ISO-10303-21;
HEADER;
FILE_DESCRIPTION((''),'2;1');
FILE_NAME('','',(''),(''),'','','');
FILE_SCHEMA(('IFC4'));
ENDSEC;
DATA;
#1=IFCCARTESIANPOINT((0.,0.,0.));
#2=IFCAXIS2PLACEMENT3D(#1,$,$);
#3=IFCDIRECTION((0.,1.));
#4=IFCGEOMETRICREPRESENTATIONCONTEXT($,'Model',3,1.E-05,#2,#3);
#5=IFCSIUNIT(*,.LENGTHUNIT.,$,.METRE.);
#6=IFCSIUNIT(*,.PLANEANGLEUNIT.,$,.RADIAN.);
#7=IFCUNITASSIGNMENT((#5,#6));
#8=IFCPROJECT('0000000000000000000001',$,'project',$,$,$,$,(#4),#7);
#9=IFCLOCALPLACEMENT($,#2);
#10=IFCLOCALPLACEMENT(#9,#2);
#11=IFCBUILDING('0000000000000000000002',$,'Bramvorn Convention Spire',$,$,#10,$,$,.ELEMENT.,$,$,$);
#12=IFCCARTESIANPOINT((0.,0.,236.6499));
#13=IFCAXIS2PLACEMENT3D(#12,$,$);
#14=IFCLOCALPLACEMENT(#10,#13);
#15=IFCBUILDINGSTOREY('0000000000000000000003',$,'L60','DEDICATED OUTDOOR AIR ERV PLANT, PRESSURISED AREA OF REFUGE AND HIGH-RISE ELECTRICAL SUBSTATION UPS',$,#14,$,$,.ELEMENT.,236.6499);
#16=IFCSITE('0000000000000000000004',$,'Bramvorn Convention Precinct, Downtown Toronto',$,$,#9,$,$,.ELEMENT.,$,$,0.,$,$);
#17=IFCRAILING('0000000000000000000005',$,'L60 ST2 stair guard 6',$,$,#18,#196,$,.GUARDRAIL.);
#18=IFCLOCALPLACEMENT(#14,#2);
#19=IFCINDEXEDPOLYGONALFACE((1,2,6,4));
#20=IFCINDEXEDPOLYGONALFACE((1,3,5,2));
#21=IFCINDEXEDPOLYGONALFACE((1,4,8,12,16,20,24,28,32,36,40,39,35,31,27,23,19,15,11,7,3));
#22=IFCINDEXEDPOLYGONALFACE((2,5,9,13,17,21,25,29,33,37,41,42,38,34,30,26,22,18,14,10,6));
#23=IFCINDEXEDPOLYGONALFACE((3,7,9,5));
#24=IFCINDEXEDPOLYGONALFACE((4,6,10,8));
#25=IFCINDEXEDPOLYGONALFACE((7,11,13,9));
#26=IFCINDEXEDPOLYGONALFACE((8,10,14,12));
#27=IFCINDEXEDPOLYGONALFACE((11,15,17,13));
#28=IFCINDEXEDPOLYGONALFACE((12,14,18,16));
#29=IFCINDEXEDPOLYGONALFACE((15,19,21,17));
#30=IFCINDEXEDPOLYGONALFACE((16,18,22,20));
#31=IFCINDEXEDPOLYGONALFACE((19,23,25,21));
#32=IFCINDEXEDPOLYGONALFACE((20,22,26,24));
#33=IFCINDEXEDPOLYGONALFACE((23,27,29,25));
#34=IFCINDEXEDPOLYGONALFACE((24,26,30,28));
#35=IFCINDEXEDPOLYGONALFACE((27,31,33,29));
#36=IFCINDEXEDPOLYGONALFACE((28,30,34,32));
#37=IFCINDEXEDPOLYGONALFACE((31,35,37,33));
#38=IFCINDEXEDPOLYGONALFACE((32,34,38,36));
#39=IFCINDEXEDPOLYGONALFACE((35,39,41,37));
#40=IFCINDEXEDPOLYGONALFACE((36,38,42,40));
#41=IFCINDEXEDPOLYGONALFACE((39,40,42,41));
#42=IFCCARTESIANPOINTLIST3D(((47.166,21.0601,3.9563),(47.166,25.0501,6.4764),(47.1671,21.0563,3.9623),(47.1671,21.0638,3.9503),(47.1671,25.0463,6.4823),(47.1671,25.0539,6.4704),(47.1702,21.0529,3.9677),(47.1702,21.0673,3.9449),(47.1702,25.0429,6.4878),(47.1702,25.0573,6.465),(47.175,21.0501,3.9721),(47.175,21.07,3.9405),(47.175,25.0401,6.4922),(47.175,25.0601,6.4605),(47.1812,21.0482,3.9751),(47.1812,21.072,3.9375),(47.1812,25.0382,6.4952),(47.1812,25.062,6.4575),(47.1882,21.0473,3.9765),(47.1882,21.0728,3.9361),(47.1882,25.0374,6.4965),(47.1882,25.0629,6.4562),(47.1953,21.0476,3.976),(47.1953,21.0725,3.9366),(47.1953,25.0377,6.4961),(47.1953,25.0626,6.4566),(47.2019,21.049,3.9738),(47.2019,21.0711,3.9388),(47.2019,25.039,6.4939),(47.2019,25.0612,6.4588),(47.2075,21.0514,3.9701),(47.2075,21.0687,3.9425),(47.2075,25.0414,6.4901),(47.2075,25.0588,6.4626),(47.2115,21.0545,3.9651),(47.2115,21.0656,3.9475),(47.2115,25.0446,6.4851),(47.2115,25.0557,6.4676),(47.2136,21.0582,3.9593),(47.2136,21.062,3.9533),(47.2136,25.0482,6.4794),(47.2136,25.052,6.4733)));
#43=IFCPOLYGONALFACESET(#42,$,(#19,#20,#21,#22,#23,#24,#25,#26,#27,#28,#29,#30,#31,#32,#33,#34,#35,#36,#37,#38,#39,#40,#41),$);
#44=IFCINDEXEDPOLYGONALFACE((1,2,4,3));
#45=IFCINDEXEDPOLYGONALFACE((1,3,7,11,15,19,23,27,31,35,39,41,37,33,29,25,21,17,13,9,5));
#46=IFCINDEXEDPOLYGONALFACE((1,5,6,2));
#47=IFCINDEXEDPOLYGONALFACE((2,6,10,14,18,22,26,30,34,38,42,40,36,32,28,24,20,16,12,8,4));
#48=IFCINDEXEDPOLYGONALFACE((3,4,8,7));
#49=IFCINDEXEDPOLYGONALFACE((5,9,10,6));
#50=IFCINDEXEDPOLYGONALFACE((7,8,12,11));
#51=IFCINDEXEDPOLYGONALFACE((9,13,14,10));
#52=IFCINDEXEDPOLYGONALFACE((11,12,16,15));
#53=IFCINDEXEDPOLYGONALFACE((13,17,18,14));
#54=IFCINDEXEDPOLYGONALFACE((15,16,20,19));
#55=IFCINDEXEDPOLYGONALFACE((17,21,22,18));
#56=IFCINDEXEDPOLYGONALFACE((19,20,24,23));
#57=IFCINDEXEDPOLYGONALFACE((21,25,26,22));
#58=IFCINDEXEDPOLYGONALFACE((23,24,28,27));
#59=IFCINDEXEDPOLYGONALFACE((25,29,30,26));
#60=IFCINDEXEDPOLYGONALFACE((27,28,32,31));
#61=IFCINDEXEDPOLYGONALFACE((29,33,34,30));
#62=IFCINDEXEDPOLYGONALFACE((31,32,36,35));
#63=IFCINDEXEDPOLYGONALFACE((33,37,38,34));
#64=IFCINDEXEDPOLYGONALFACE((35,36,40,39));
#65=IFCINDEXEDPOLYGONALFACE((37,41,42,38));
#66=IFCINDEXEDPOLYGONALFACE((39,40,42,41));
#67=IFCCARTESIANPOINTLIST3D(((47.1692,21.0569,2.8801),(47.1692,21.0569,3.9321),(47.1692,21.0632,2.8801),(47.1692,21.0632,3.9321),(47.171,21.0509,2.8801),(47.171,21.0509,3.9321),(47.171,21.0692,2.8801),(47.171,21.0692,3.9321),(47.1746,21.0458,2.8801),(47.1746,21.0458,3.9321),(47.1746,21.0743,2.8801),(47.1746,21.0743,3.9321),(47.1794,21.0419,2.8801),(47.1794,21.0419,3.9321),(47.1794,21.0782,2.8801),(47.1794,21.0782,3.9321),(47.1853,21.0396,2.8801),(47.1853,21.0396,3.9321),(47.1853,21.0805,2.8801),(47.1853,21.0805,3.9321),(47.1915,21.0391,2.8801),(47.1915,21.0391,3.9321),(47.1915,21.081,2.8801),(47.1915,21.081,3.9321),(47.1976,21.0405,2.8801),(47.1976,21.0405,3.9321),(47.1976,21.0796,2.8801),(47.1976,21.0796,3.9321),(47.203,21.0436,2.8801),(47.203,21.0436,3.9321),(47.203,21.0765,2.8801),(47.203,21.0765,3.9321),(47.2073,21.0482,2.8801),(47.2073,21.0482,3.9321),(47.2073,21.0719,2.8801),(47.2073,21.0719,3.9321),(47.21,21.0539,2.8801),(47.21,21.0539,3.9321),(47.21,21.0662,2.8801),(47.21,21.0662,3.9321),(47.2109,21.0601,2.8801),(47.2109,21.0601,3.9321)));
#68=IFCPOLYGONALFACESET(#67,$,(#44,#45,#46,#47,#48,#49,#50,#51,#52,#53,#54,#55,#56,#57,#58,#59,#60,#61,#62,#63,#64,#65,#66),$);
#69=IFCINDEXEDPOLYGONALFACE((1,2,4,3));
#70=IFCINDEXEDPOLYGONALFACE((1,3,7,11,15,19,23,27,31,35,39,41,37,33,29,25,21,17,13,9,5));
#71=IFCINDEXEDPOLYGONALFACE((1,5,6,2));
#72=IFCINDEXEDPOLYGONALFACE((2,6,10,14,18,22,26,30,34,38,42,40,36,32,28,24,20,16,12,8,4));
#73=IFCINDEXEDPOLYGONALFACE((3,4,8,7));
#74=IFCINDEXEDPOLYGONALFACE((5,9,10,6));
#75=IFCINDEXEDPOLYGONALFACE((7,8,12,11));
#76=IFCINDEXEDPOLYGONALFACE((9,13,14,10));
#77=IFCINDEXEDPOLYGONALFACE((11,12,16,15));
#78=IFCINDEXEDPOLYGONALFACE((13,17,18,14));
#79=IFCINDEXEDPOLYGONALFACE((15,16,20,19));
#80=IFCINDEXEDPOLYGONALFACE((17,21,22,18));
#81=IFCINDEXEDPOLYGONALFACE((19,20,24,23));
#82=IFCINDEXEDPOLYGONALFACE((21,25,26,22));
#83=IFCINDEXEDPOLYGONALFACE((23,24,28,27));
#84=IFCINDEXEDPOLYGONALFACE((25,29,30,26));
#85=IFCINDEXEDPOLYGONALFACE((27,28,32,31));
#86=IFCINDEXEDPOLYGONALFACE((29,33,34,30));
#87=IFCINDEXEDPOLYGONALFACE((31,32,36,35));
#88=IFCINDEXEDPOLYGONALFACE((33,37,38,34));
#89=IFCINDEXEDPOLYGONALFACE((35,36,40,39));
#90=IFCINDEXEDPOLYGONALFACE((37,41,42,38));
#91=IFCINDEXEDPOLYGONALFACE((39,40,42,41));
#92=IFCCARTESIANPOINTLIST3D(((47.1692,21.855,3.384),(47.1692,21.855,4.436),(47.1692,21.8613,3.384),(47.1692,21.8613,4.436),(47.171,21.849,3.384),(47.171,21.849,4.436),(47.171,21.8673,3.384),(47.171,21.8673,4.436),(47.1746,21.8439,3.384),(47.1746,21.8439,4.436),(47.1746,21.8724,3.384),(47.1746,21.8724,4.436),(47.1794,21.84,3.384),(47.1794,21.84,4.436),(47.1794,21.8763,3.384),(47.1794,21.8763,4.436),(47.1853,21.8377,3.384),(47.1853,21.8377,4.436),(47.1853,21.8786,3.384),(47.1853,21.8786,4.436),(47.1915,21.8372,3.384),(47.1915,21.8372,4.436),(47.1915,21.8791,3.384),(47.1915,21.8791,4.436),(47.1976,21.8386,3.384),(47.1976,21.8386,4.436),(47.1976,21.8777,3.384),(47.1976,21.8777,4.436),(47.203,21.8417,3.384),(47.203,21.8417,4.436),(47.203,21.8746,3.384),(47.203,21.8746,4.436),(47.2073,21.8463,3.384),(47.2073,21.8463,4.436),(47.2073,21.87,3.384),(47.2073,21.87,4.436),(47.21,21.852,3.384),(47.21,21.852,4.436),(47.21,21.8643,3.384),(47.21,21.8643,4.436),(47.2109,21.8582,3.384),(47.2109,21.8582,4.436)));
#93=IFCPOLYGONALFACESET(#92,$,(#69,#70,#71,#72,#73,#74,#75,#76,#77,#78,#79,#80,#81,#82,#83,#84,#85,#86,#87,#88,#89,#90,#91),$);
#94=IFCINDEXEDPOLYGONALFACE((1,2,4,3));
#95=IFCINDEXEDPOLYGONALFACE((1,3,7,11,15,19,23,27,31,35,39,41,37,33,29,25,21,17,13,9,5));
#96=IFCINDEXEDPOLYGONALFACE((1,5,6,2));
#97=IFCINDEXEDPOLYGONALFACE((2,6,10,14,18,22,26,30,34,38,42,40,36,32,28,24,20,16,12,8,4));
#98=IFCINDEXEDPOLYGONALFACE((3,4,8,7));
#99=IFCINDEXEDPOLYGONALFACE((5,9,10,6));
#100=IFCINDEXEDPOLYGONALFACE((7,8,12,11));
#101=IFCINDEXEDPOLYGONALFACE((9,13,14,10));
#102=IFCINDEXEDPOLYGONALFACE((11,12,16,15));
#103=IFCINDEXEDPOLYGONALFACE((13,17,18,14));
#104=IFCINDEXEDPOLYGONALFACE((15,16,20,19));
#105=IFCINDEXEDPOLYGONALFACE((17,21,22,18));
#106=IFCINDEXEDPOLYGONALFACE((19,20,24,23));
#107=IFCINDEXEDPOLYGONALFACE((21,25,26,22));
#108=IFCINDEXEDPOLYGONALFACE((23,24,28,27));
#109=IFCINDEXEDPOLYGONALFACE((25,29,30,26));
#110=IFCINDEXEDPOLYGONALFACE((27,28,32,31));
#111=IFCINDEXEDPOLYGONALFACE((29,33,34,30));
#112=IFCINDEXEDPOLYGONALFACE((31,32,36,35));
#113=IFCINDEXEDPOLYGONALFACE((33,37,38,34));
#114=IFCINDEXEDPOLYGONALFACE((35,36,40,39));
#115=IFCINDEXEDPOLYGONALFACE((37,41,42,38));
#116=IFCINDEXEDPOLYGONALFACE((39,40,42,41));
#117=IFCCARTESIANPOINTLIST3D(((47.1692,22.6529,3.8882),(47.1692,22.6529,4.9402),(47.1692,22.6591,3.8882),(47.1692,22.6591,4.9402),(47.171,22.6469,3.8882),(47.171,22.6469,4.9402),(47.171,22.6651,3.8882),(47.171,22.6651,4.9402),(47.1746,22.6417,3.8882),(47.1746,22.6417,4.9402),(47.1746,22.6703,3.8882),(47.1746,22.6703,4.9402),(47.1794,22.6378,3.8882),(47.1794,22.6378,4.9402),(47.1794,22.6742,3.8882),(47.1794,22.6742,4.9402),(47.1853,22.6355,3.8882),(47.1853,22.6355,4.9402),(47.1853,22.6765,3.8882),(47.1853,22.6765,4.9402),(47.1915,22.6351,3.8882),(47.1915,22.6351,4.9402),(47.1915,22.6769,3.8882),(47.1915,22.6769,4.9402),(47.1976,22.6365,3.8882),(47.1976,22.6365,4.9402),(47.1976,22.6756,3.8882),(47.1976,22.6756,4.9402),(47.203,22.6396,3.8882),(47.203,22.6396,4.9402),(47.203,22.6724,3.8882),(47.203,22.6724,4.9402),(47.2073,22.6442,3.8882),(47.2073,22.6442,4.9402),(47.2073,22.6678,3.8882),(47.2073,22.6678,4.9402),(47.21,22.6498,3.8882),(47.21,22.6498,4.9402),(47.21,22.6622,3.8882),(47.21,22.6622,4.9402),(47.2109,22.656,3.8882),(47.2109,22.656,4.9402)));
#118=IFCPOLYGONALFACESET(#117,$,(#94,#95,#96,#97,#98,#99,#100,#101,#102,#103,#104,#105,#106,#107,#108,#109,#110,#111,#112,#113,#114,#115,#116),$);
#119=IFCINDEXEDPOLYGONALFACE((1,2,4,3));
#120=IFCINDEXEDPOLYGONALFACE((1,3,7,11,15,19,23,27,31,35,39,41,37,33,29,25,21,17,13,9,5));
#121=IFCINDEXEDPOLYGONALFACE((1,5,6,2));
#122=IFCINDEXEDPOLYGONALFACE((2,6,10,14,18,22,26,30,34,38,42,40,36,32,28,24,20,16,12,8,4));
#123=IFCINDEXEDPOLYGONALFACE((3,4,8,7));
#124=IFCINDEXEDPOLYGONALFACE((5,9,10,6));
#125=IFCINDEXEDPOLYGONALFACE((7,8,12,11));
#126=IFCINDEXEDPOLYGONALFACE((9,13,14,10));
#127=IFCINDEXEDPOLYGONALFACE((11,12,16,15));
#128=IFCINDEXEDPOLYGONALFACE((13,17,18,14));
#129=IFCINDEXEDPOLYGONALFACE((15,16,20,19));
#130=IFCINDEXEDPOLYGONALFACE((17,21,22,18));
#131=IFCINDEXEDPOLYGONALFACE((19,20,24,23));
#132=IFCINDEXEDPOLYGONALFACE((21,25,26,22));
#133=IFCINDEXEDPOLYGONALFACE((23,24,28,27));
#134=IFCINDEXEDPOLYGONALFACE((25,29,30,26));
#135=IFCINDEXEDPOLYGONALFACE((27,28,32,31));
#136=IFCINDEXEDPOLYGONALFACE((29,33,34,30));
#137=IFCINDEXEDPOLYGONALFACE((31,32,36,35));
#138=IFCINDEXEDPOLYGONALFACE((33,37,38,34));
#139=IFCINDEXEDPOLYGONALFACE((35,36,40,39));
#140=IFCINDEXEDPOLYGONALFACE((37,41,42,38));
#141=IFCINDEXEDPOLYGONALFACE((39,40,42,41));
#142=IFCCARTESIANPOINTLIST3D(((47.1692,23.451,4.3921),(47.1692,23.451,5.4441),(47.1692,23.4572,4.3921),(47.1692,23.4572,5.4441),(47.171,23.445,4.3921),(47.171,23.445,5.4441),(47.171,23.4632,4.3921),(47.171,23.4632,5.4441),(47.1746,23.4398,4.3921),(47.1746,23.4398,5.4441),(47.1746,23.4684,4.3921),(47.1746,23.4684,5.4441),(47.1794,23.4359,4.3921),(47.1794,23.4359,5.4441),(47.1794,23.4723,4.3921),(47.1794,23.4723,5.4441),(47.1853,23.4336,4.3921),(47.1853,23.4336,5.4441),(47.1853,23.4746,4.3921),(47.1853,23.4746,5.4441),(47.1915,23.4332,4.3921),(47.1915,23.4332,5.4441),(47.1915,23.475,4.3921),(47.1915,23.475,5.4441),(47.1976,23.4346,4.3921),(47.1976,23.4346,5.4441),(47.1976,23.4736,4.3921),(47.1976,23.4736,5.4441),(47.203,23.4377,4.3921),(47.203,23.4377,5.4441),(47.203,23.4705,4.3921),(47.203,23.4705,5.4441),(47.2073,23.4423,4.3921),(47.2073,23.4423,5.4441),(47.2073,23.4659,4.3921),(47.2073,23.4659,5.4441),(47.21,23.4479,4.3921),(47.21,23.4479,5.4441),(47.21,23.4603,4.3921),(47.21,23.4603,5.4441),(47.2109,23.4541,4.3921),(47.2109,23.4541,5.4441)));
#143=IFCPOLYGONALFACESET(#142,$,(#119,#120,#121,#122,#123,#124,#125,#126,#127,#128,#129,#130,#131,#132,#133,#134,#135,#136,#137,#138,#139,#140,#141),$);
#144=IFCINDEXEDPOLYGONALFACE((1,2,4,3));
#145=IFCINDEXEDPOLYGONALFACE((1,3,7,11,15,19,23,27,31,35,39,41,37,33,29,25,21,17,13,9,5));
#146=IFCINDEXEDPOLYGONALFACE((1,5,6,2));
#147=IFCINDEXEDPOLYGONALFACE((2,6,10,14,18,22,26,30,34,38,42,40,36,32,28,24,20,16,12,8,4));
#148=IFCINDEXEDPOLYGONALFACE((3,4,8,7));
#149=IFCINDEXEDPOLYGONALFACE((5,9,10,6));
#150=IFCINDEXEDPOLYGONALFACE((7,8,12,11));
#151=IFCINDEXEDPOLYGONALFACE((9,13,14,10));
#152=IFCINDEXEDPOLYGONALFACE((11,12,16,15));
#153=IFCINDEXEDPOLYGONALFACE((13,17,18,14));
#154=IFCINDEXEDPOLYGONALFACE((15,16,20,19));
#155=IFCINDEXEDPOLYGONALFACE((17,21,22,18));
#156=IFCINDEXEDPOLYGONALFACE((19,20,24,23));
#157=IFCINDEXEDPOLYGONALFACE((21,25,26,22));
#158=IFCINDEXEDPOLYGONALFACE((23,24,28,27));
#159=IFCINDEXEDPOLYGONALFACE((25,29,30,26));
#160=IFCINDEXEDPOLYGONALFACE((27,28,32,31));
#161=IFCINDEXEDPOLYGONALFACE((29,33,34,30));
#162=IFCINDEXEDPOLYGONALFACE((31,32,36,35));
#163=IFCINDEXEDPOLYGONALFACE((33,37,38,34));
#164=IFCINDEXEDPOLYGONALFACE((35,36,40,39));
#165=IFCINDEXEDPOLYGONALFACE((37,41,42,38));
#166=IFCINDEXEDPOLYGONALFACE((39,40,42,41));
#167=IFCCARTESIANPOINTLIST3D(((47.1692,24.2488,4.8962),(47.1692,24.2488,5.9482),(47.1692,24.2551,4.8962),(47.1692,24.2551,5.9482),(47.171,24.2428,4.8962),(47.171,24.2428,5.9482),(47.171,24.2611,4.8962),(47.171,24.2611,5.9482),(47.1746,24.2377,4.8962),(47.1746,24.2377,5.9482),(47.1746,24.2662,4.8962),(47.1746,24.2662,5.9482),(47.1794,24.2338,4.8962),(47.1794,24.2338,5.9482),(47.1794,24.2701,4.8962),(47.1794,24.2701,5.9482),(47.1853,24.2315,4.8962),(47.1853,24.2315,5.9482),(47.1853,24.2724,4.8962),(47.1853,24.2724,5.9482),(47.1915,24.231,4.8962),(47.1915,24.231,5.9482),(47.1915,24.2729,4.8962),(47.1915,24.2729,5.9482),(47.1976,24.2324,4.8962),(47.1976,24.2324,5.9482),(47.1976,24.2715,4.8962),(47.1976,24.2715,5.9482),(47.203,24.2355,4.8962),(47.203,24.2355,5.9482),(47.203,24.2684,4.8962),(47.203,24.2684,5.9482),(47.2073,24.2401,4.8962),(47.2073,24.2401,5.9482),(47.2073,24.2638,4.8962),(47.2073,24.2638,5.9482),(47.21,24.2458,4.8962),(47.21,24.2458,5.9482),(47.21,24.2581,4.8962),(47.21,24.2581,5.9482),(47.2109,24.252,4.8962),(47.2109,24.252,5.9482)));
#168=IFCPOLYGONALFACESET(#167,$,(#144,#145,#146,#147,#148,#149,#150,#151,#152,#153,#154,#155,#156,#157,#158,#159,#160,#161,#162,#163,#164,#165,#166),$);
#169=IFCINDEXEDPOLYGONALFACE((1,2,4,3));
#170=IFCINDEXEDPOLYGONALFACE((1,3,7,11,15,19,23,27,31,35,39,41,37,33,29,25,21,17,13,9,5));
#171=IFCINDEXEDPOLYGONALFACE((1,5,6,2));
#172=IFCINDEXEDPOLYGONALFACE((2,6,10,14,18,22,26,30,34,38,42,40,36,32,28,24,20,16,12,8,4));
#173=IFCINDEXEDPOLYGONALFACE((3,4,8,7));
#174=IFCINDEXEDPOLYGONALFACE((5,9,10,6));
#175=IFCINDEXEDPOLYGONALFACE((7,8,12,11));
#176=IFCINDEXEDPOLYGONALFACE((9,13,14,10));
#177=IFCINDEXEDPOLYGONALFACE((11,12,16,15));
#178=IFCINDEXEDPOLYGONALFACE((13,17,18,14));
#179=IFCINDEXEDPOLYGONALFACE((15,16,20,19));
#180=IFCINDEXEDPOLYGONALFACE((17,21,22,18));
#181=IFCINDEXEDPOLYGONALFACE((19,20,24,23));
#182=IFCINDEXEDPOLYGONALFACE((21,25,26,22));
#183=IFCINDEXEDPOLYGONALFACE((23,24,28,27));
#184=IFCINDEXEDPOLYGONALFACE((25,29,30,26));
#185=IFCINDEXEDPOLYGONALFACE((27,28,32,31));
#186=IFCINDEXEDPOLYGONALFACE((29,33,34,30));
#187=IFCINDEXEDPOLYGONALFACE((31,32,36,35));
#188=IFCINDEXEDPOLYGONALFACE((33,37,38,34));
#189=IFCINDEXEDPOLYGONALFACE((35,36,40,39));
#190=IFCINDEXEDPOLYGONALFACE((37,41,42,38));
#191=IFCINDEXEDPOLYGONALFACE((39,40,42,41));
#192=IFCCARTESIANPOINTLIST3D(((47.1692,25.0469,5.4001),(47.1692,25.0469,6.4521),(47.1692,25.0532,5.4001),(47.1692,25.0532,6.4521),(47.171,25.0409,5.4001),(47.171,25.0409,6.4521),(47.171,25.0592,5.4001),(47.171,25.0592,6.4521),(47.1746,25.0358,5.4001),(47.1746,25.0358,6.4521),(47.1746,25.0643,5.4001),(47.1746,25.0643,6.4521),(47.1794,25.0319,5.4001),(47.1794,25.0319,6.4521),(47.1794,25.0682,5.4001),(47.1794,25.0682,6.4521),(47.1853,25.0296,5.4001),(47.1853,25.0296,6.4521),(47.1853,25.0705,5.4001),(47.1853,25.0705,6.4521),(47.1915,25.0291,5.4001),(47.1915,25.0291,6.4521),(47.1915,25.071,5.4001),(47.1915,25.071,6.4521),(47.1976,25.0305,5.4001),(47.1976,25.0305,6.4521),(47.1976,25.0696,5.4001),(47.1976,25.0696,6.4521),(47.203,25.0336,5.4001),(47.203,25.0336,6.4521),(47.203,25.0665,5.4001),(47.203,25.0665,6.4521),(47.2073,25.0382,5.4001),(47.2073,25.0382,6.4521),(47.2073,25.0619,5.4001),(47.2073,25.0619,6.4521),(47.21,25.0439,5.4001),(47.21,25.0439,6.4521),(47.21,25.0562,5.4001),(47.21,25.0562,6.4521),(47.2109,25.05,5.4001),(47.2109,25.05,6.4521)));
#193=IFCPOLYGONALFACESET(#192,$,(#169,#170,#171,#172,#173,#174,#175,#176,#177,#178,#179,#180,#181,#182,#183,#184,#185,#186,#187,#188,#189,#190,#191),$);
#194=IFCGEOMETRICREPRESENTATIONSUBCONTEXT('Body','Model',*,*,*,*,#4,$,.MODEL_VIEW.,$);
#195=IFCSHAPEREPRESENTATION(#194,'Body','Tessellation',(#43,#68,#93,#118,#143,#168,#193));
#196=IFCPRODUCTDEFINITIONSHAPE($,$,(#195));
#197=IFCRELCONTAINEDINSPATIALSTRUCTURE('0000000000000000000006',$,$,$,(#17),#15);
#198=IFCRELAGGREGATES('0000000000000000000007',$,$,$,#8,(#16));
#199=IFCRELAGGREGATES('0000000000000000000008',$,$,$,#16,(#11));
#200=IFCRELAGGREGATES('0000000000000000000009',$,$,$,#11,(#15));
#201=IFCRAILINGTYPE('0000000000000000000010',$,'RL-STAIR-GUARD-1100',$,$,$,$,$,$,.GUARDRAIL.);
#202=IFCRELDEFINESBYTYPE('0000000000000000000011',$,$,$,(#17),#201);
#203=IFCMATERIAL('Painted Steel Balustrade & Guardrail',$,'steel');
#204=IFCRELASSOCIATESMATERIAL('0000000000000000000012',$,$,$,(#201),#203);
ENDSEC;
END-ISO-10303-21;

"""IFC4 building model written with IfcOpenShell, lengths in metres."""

from ifc_helpers import new_model, si_unit, direction, frame, origin, origin_2d, place, context, subcontext, project, spatial, circle, extrude, material, type_object, element, save


model = new_model("IFC4")

# Units and contexts
model_context = context("Model", 3, precision=1e-05, world=origin(), true_north=direction((0.0, 1.0)))
body_context = subcontext(model_context, "Body", "Model", "MODEL_VIEW")
ifc_project = project(units=[si_unit("LENGTHUNIT", "METRE"), si_unit("PLANEANGLEUNIT", "RADIAN")], contexts=[model_context])

# Site, building, storey
site_placement = place(None, origin())
site = spatial("IfcSite", under=ifc_project, at=site_placement, Name="Bramvorn Convention Precinct, Downtown Toronto", CompositionType="ELEMENT", RefElevation=0.0)
building_placement = place(site_placement, origin())
building = spatial("IfcBuilding", under=site, at=building_placement, Name="Bramvorn Convention Spire", CompositionType="ELEMENT")
storey_placement = place(building_placement, frame((0.0, 0.0, 236.6499)))
storey = spatial("IfcBuildingStorey", under=building, at=storey_placement, Name="L60", Description="DEDICATED OUTDOOR AIR ERV PLANT, PRESSURISED AREA OF REFUGE AND HIGH-RISE ELECTRICAL SUBSTATION UPS", CompositionType="ELEMENT", Elevation=236.6499)

# Railing
ifc_material_1 = material(Name="Painted Steel Balustrade & Guardrail", Category="steel")
railing_type_1 = type_object("IfcRailingType", Name="RL-STAIR-GUARD-1100", PredefinedType="GUARDRAIL", material=ifc_material_1)
railing_1_placement = place(storey_placement, frame((47.1899, 21.0601, 2.8801)))
element("IfcRailing", 1, at=railing_1_placement, inside=storey, type_object=railing_type_1, Name="L60 ST2 stair guard 6", PredefinedType="GUARDRAIL", context=body_context, shape_type="SweptSolid", body=[
    extrude(circle(Radius=0.0239, at=origin_2d()), frame((0.0, 0.0, 1.0762), z_axis=(0.0, 0.845486, 0.533997), x_axis=(-1.0, 0.0, 0.0)), (0.0, 0.0, 1.0), 4.7192),
    extrude(circle(Radius=0.021, at=origin_2d()), origin(), (0.0, 0.0, 1.0), 1.052),
    extrude(circle(Radius=0.021, at=origin_2d()), frame((0.0, 0.7981, 0.5039)), (0.0, 0.0, 1.0), 1.052),
    extrude(circle(Radius=0.021, at=origin_2d()), frame((0.0, 1.5959, 1.0081)), (0.0, 0.0, 1.0), 1.052),
    extrude(circle(Radius=0.021, at=origin_2d()), frame((0.0, 2.394, 1.512)), (0.0, 0.0, 1.0), 1.052),
    extrude(circle(Radius=0.021, at=origin_2d()), frame((0.0, 3.1919, 2.0161)), (0.0, 0.0, 1.0), 1.052),
    extrude(circle(Radius=0.021, at=origin_2d()), frame((0.0, 3.99, 2.52)), (0.0, 0.0, 1.0), 1.052),
])

save(model, "model.ifc")
